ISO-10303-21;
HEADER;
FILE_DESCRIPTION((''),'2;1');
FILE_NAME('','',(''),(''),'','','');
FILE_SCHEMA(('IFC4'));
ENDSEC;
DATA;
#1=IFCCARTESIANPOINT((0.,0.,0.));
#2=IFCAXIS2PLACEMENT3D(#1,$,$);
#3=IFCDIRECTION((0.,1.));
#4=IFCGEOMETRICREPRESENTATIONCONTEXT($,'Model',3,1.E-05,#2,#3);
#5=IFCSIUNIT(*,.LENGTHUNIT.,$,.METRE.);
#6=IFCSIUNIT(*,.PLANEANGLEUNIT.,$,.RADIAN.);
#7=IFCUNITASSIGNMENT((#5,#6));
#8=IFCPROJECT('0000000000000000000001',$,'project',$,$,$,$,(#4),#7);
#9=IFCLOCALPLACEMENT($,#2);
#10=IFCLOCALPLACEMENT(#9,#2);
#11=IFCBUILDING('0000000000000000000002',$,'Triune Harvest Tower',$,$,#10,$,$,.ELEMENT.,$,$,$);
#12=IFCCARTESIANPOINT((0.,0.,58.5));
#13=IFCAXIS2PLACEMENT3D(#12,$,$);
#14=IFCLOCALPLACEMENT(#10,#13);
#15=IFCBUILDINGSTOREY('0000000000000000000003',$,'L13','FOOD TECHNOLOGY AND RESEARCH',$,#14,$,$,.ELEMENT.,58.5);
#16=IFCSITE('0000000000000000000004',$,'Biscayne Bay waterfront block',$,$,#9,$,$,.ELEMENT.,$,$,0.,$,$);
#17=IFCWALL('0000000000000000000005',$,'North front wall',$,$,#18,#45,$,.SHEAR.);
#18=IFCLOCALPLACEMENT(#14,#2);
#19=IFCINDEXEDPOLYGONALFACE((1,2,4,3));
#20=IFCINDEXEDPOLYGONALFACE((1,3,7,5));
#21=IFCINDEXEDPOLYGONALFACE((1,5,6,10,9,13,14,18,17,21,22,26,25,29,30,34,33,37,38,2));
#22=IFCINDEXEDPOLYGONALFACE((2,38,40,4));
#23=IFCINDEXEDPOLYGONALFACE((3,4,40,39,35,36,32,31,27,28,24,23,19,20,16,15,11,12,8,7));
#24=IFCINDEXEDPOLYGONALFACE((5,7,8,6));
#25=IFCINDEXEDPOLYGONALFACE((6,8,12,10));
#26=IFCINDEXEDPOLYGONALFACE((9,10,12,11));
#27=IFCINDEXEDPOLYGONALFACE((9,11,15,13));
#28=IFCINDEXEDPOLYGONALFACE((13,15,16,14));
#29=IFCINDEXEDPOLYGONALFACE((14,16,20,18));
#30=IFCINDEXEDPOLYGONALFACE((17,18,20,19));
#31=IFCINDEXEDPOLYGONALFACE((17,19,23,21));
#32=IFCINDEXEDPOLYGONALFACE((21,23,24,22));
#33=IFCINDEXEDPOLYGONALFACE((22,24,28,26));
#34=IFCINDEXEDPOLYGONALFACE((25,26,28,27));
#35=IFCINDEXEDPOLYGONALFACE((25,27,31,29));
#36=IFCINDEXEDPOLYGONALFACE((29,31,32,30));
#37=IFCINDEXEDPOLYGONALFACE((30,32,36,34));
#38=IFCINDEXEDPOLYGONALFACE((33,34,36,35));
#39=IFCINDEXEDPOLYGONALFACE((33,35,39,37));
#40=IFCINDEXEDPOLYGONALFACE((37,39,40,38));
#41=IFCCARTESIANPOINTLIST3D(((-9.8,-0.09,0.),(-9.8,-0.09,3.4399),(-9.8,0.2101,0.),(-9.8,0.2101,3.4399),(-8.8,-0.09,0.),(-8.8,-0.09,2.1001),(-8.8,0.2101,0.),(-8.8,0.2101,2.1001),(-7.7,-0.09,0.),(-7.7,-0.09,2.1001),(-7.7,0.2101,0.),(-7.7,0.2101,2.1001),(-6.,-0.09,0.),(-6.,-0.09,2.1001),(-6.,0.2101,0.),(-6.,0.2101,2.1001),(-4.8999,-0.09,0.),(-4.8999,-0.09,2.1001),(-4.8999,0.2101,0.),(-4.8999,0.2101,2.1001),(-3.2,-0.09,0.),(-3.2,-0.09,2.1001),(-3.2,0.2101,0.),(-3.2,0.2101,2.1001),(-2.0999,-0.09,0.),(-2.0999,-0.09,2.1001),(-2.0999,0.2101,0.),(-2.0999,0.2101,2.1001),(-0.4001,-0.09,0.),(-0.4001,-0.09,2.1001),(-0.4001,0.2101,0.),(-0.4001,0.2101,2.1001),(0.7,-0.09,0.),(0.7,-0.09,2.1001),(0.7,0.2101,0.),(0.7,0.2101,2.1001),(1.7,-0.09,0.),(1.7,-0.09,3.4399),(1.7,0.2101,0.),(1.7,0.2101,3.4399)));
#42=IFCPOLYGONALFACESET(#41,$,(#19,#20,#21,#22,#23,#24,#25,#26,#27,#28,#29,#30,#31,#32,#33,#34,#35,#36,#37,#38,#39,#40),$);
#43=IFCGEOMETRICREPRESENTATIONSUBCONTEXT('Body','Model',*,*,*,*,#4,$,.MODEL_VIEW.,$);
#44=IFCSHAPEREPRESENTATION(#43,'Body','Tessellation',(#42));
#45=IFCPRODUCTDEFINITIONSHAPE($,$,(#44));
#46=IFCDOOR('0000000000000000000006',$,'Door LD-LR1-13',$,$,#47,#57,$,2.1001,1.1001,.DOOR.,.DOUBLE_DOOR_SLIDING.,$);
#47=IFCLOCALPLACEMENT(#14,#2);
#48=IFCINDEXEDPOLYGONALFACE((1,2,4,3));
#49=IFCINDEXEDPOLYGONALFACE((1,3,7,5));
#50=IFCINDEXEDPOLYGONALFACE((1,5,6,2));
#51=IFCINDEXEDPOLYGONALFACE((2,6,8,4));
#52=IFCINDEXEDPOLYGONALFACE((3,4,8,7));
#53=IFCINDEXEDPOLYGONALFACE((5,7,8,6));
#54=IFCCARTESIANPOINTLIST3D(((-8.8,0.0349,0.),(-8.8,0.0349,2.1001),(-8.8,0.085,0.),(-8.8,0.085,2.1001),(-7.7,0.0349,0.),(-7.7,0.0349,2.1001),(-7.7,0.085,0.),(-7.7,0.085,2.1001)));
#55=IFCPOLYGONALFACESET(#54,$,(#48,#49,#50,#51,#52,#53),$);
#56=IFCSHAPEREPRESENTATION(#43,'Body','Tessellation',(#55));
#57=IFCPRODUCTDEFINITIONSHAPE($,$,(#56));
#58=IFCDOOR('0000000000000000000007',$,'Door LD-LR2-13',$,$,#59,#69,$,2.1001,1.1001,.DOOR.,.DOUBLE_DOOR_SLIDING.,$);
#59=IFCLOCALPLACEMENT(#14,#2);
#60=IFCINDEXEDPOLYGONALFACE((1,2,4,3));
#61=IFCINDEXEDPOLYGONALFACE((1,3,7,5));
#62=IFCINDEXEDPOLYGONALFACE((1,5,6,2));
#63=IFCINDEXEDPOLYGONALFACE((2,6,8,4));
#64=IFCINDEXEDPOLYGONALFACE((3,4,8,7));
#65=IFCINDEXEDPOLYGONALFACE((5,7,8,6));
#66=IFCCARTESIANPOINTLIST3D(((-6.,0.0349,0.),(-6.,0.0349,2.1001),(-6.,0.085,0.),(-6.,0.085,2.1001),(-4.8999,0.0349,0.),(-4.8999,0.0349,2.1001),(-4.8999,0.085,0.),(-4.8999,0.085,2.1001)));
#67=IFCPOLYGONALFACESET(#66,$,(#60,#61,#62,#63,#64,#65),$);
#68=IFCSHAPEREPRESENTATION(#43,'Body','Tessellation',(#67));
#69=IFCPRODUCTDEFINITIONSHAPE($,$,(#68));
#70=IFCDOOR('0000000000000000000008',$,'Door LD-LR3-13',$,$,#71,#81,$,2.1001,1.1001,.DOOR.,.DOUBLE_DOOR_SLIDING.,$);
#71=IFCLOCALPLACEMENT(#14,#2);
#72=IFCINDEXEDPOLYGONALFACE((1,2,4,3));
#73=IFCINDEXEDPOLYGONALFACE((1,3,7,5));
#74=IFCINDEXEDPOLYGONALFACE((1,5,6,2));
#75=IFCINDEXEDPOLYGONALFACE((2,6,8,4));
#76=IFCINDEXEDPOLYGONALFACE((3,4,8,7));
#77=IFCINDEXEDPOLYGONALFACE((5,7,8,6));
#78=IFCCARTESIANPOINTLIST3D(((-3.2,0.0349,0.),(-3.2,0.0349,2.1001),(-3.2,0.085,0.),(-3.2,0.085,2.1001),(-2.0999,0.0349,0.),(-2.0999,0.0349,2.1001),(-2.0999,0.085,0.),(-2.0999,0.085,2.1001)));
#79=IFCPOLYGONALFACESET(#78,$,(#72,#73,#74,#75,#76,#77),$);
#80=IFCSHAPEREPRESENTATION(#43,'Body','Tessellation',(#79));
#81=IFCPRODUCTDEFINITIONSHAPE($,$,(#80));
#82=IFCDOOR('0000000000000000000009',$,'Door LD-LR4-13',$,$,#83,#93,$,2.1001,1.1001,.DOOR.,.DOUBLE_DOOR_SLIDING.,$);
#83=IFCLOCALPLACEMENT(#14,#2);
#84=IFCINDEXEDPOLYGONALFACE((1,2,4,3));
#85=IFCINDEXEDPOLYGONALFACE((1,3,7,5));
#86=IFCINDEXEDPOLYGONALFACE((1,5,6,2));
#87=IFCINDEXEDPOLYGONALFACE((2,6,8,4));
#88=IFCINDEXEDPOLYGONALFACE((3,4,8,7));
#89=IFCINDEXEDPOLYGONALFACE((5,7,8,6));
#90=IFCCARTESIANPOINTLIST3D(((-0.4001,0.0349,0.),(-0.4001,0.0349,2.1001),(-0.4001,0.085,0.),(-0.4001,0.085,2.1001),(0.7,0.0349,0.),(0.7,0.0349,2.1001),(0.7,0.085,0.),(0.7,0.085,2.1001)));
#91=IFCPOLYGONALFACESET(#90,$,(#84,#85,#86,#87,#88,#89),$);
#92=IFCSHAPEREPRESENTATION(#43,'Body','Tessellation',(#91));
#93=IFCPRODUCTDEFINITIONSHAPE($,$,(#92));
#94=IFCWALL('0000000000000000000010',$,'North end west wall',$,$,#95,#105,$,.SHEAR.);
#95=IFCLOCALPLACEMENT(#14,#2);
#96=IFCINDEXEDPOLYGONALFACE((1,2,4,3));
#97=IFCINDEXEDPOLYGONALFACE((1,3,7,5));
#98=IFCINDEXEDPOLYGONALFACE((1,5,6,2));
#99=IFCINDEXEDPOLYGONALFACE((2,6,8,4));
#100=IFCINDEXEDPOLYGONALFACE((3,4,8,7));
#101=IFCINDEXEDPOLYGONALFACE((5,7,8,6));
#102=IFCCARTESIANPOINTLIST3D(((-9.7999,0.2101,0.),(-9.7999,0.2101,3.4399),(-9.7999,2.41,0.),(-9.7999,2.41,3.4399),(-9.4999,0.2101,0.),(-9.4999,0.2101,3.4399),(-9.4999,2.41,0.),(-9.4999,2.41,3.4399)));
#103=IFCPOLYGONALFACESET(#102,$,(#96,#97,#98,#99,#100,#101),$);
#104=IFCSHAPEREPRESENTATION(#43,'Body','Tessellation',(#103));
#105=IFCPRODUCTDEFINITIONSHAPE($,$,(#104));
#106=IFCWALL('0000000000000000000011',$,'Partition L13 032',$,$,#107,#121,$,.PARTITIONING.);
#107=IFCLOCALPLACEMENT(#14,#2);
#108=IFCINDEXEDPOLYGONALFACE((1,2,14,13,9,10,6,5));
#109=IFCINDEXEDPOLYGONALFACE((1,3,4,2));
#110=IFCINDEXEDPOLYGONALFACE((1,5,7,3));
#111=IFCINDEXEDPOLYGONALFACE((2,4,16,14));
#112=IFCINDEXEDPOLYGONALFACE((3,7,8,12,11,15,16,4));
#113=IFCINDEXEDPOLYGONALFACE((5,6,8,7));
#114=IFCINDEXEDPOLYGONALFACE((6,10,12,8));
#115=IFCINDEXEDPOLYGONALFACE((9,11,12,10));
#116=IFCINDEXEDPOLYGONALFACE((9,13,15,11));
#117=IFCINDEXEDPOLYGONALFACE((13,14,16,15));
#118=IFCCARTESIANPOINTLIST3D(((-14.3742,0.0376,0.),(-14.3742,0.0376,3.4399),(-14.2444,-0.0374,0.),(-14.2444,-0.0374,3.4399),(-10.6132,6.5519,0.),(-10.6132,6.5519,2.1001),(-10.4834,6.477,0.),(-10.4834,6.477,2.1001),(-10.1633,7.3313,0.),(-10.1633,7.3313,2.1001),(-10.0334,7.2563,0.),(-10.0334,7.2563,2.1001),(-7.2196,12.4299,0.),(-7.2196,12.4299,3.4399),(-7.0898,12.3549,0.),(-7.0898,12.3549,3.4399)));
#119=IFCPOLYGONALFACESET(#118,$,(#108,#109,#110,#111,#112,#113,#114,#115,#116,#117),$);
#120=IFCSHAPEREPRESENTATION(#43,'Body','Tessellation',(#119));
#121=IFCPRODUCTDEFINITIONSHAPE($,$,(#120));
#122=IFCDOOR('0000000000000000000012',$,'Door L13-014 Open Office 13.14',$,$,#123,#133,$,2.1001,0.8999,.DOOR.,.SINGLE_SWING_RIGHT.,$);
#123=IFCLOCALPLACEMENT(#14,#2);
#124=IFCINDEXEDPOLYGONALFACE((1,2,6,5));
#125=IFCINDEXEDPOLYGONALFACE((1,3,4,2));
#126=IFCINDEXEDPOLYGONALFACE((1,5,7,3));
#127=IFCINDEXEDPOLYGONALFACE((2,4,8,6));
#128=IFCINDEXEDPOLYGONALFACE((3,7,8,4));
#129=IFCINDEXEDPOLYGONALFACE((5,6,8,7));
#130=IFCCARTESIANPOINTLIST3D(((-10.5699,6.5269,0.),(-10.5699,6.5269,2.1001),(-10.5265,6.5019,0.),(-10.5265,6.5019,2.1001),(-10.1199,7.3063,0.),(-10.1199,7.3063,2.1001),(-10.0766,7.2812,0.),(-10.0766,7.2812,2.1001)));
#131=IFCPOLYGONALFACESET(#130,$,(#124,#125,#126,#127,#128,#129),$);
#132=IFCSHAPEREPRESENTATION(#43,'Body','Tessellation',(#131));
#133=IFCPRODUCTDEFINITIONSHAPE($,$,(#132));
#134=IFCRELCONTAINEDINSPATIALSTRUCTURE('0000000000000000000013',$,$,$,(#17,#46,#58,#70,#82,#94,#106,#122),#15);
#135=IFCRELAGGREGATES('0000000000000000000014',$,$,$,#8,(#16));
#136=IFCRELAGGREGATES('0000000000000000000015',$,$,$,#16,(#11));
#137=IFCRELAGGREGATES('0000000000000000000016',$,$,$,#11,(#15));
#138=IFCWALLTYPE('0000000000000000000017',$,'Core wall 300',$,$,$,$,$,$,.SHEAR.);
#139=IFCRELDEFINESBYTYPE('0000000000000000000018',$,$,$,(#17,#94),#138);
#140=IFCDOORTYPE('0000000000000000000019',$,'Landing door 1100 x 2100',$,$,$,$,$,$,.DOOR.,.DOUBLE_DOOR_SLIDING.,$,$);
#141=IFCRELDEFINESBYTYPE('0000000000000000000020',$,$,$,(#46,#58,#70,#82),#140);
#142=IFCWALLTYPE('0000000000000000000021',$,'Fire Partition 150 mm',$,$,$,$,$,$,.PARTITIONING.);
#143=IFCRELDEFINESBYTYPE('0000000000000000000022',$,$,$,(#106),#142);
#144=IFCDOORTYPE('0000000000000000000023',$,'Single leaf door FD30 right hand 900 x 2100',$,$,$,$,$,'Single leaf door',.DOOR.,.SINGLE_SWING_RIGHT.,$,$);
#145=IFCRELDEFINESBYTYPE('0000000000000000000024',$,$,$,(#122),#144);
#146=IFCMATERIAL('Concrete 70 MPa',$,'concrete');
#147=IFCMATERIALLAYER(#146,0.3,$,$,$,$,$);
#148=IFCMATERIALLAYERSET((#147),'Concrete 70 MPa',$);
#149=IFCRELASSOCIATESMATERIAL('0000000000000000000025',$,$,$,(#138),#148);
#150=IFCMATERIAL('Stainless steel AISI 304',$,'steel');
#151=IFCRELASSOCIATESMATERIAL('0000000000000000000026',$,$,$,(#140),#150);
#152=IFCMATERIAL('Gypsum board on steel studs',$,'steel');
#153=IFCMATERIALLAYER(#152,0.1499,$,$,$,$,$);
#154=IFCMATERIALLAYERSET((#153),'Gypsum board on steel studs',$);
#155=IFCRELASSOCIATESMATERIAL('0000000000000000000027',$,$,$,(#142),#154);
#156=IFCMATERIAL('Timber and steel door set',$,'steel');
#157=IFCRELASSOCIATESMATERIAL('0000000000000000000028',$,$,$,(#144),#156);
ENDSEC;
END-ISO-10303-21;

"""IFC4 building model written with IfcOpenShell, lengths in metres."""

from ifc_helpers import new_model, si_unit, direction, frame, frame_2d, origin, place, context, subcontext, project, spatial, rectangle, extrude, source, transform, mapped, material, layer, layer_set, type_object, element, fill, save


model = new_model("IFC4")

# Units and contexts
model_context = context("Model", 3, precision=1e-05, world=origin(), true_north=direction((0.0, 1.0)))
body_context = subcontext(model_context, "Body", "Model", "MODEL_VIEW")
ifc_project = project(units=[si_unit("LENGTHUNIT", "METRE"), si_unit("PLANEANGLEUNIT", "RADIAN")], contexts=[model_context])

# Site, building, storey
site_placement = place(None, origin())
site = spatial("IfcSite", under=ifc_project, at=site_placement, Name="Biscayne Bay waterfront block", CompositionType="ELEMENT", RefElevation=0.0)
building_placement = place(site_placement, origin())
building = spatial("IfcBuilding", under=site, at=building_placement, Name="Triune Harvest Tower", CompositionType="ELEMENT")
storey_placement = place(building_placement, frame((0.0, 0.0, 58.5)))
storey = spatial("IfcBuildingStorey", under=building, at=storey_placement, Name="L13", Description="FOOD TECHNOLOGY AND RESEARCH", CompositionType="ELEMENT", Elevation=58.5)

# Wall, openings, doors
ifc_material_1 = material(Name="Concrete 70 MPa", Category="concrete")
ifc_layer_1 = layer(ifc_material_1, 0.3)
ifc_layer_set_1 = layer_set([ifc_layer_1], Name="Concrete 70 MPa")
wall_type_1 = type_object("IfcWallType", Name="Core wall 300", PredefinedType="SHEAR", material=ifc_layer_set_1)
shared_shape_1 = source(origin(), body_context, "Body", "SweptSolid", [
    extrude(rectangle(XDim=11.5, YDim=0.3, at=frame_2d((5.75, 0.0))), origin(), (0.0, 0.0, 1.0), 3.4399),
])
wall_1_placement = place(storey_placement, frame((-9.8, 0.0601, 0.0), z_axis=(0.0, 0.0, 1.0), x_axis=(1.0, 0.0, 0.0)))
wall_1 = element("IfcWall", 1, at=wall_1_placement, inside=storey, type_object=wall_type_1, Name="North front wall", PredefinedType="SHEAR", context=body_context, shape_type="MappedRepresentation", body=[
    mapped(shared_shape_1, transform((0.0, 0.0, 0.0), scale=1.0)),
])
opening_1_placement = place(wall_1_placement, frame((1.0, 0.0, 0.0)))
opening_1 = element("IfcOpeningElement", 2, at=opening_1_placement, cuts=wall_1, PredefinedType="OPENING", context=body_context, shape_type="SweptSolid", body=[
    extrude(rectangle(XDim=1.1001, YDim=2.1001, at=frame_2d((0.55, 1.05))), frame((0.0, 0.1602, 0.0), z_axis=(0.0, -1.0, 0.0), x_axis=(1.0, 0.0, 0.0)), (0.0, 0.0, 1.0), 0.3201),
])
opening_2_placement = place(wall_1_placement, frame((3.8, 0.0, 0.0)))
opening_2 = element("IfcOpeningElement", 3, at=opening_2_placement, cuts=wall_1, PredefinedType="OPENING", context=body_context, shape_type="SweptSolid", body=[
    extrude(rectangle(XDim=1.1001, YDim=2.1001, at=frame_2d((0.55, 1.05))), frame((0.0, 0.1602, 0.0), z_axis=(0.0, -1.0, 0.0), x_axis=(1.0, 0.0, 0.0)), (0.0, 0.0, 1.0), 0.3201),
])
opening_3_placement = place(wall_1_placement, frame((6.6001, 0.0, 0.0)))
opening_3 = element("IfcOpeningElement", 4, at=opening_3_placement, cuts=wall_1, PredefinedType="OPENING", context=body_context, shape_type="SweptSolid", body=[
    extrude(rectangle(XDim=1.1001, YDim=2.1001, at=frame_2d((0.55, 1.05))), frame((0.0, 0.1602, 0.0), z_axis=(0.0, -1.0, 0.0), x_axis=(1.0, 0.0, 0.0)), (0.0, 0.0, 1.0), 0.3201),
])
opening_4_placement = place(wall_1_placement, frame((9.3999, 0.0, 0.0)))
opening_4 = element("IfcOpeningElement", 5, at=opening_4_placement, cuts=wall_1, PredefinedType="OPENING", context=body_context, shape_type="SweptSolid", body=[
    extrude(rectangle(XDim=1.1001, YDim=2.1001, at=frame_2d((0.55, 1.05))), frame((0.0, 0.1602, 0.0), z_axis=(0.0, -1.0, 0.0), x_axis=(1.0, 0.0, 0.0)), (0.0, 0.0, 1.0), 0.3201),
])
ifc_material_2 = material(Name="Stainless steel AISI 304", Category="steel")
door_type_1 = type_object("IfcDoorType", Name="Landing door 1100 x 2100", OperationType="DOUBLE_DOOR_SLIDING", PredefinedType="DOOR", material=ifc_material_2)
door_1_placement = place(opening_1_placement, origin())
door_1 = element("IfcDoor", 6, at=door_1_placement, inside=storey, type_object=door_type_1, Name="Door LD-LR1-13", OperationType="DOUBLE_DOOR_SLIDING", OverallHeight=2.1001, OverallWidth=1.1001, PredefinedType="DOOR", context=body_context, shape_type="SweptSolid", body=[
    extrude(rectangle(XDim=1.1001, YDim=2.1001, at=frame_2d((0.55, 1.05))), frame((0.0, 0.0249, 0.0), z_axis=(0.0, -1.0, 0.0), x_axis=(1.0, 0.0, 0.0)), (0.0, 0.0, 1.0), 0.05),
])
fill(opening_1, door_1)
door_2_placement = place(opening_2_placement, origin())
door_2 = element("IfcDoor", 7, at=door_2_placement, inside=storey, type_object=door_type_1, Name="Door LD-LR2-13", OperationType="DOUBLE_DOOR_SLIDING", OverallHeight=2.1001, OverallWidth=1.1001, PredefinedType="DOOR", context=body_context, shape_type="SweptSolid", body=[
    extrude(rectangle(XDim=1.1001, YDim=2.1001, at=frame_2d((0.55, 1.05))), frame((0.0, 0.0249, 0.0), z_axis=(0.0, -1.0, 0.0), x_axis=(1.0, 0.0, 0.0)), (0.0, 0.0, 1.0), 0.05),
])
fill(opening_2, door_2)
door_3_placement = place(opening_3_placement, origin())
door_3 = element("IfcDoor", 8, at=door_3_placement, inside=storey, type_object=door_type_1, Name="Door LD-LR3-13", OperationType="DOUBLE_DOOR_SLIDING", OverallHeight=2.1001, OverallWidth=1.1001, PredefinedType="DOOR", context=body_context, shape_type="SweptSolid", body=[
    extrude(rectangle(XDim=1.1001, YDim=2.1001, at=frame_2d((0.55, 1.05))), frame((0.0, 0.0249, 0.0), z_axis=(0.0, -1.0, 0.0), x_axis=(1.0, 0.0, 0.0)), (0.0, 0.0, 1.0), 0.05),
])
fill(opening_3, door_3)
door_4_placement = place(opening_4_placement, origin())
door_4 = element("IfcDoor", 9, at=door_4_placement, inside=storey, type_object=door_type_1, Name="Door LD-LR4-13", OperationType="DOUBLE_DOOR_SLIDING", OverallHeight=2.1001, OverallWidth=1.1001, PredefinedType="DOOR", context=body_context, shape_type="SweptSolid", body=[
    extrude(rectangle(XDim=1.1001, YDim=2.1001, at=frame_2d((0.55, 1.05))), frame((0.0, 0.0249, 0.0), z_axis=(0.0, -1.0, 0.0), x_axis=(1.0, 0.0, 0.0)), (0.0, 0.0, 1.0), 0.05),
])
fill(opening_4, door_4)

# Wall
shared_shape_2 = source(origin(), body_context, "Body", "SweptSolid", [
    extrude(rectangle(XDim=2.2, YDim=0.3, at=frame_2d((1.1001, 0.0))), origin(), (0.0, 0.0, 1.0), 3.4399),
])
wall_2_placement = place(storey_placement, frame((-9.6499, 0.21, 0.0), z_axis=(0.0, 0.0, 1.0), x_axis=(0.0, 1.0, 0.0)))
element("IfcWall", 10, at=wall_2_placement, inside=storey, type_object=wall_type_1, Name="North end west wall", PredefinedType="SHEAR", context=body_context, shape_type="MappedRepresentation", body=[
    mapped(shared_shape_2, transform((0.0, 0.0, 0.0), scale=1.0)),
])

# Wall, opening, door
ifc_material_3 = material(Name="Gypsum board on steel studs", Category="steel")
ifc_layer_2 = layer(ifc_material_3, 0.1499)
ifc_layer_set_2 = layer_set([ifc_layer_2], Name="Gypsum board on steel studs")
wall_type_2 = type_object("IfcWallType", Name="Fire Partition 150 mm", PredefinedType="PARTITIONING", material=ifc_layer_set_2)
shared_shape_3 = source(origin(), body_context, "Body", "SweptSolid", [
    extrude(rectangle(XDim=14.3093, YDim=0.1499, at=frame_2d((7.1548, 0.0))), origin(), (0.0, 0.0, 1.0), 3.4399),
])
wall_3_placement = place(storey_placement, frame((-14.3093, 0.0, 0.0), z_axis=(0.0, 0.0, 1.0), x_axis=(0.499991, 0.866031, 0.0)))
wall_3 = element("IfcWall", 11, at=wall_3_placement, inside=storey, type_object=wall_type_2, Name="Partition L13 032", PredefinedType="PARTITIONING", context=body_context, shape_type="MappedRepresentation", body=[
    mapped(shared_shape_3, transform((0.0, 0.0, 0.0), scale=1.0)),
])
opening_5_placement = place(wall_3_placement, frame((7.5222, 0.0, 0.0)))
opening_5 = element("IfcOpeningElement", 12, at=opening_5_placement, cuts=wall_3, PredefinedType="OPENING", context=body_context, shape_type="SweptSolid", body=[
    extrude(rectangle(XDim=0.8999, YDim=2.1001, at=frame_2d((0.45, 1.05))), frame((0.0, 0.085, 0.0), z_axis=(0.0, -1.0, 0.0), x_axis=(1.0, 0.0, 0.0)), (0.0, 0.0, 1.0), 0.1699),
])
ifc_material_4 = material(Name="Timber and steel door set", Category="steel")
door_type_2 = type_object("IfcDoorType", Name="Single leaf door FD30 right hand 900 x 2100", ElementType="Single leaf door", OperationType="SINGLE_SWING_RIGHT", PredefinedType="DOOR", material=ifc_material_4)
door_5_placement = place(opening_5_placement, origin())
door_5 = element("IfcDoor", 13, at=door_5_placement, inside=storey, type_object=door_type_2, Name="Door L13-014 Open Office 13.14", OperationType="SINGLE_SWING_RIGHT", OverallHeight=2.1001, OverallWidth=0.8999, PredefinedType="DOOR", context=body_context, shape_type="SweptSolid", body=[
    extrude(rectangle(XDim=0.8999, YDim=2.1001, at=frame_2d((0.45, 1.05))), frame((0.0, 0.0249, 0.0), z_axis=(0.0, -1.0, 0.0), x_axis=(1.0, 0.0, 0.0)), (0.0, 0.0, 1.0), 0.05),
])
fill(opening_5, door_5)

save(model, "model.ifc")
